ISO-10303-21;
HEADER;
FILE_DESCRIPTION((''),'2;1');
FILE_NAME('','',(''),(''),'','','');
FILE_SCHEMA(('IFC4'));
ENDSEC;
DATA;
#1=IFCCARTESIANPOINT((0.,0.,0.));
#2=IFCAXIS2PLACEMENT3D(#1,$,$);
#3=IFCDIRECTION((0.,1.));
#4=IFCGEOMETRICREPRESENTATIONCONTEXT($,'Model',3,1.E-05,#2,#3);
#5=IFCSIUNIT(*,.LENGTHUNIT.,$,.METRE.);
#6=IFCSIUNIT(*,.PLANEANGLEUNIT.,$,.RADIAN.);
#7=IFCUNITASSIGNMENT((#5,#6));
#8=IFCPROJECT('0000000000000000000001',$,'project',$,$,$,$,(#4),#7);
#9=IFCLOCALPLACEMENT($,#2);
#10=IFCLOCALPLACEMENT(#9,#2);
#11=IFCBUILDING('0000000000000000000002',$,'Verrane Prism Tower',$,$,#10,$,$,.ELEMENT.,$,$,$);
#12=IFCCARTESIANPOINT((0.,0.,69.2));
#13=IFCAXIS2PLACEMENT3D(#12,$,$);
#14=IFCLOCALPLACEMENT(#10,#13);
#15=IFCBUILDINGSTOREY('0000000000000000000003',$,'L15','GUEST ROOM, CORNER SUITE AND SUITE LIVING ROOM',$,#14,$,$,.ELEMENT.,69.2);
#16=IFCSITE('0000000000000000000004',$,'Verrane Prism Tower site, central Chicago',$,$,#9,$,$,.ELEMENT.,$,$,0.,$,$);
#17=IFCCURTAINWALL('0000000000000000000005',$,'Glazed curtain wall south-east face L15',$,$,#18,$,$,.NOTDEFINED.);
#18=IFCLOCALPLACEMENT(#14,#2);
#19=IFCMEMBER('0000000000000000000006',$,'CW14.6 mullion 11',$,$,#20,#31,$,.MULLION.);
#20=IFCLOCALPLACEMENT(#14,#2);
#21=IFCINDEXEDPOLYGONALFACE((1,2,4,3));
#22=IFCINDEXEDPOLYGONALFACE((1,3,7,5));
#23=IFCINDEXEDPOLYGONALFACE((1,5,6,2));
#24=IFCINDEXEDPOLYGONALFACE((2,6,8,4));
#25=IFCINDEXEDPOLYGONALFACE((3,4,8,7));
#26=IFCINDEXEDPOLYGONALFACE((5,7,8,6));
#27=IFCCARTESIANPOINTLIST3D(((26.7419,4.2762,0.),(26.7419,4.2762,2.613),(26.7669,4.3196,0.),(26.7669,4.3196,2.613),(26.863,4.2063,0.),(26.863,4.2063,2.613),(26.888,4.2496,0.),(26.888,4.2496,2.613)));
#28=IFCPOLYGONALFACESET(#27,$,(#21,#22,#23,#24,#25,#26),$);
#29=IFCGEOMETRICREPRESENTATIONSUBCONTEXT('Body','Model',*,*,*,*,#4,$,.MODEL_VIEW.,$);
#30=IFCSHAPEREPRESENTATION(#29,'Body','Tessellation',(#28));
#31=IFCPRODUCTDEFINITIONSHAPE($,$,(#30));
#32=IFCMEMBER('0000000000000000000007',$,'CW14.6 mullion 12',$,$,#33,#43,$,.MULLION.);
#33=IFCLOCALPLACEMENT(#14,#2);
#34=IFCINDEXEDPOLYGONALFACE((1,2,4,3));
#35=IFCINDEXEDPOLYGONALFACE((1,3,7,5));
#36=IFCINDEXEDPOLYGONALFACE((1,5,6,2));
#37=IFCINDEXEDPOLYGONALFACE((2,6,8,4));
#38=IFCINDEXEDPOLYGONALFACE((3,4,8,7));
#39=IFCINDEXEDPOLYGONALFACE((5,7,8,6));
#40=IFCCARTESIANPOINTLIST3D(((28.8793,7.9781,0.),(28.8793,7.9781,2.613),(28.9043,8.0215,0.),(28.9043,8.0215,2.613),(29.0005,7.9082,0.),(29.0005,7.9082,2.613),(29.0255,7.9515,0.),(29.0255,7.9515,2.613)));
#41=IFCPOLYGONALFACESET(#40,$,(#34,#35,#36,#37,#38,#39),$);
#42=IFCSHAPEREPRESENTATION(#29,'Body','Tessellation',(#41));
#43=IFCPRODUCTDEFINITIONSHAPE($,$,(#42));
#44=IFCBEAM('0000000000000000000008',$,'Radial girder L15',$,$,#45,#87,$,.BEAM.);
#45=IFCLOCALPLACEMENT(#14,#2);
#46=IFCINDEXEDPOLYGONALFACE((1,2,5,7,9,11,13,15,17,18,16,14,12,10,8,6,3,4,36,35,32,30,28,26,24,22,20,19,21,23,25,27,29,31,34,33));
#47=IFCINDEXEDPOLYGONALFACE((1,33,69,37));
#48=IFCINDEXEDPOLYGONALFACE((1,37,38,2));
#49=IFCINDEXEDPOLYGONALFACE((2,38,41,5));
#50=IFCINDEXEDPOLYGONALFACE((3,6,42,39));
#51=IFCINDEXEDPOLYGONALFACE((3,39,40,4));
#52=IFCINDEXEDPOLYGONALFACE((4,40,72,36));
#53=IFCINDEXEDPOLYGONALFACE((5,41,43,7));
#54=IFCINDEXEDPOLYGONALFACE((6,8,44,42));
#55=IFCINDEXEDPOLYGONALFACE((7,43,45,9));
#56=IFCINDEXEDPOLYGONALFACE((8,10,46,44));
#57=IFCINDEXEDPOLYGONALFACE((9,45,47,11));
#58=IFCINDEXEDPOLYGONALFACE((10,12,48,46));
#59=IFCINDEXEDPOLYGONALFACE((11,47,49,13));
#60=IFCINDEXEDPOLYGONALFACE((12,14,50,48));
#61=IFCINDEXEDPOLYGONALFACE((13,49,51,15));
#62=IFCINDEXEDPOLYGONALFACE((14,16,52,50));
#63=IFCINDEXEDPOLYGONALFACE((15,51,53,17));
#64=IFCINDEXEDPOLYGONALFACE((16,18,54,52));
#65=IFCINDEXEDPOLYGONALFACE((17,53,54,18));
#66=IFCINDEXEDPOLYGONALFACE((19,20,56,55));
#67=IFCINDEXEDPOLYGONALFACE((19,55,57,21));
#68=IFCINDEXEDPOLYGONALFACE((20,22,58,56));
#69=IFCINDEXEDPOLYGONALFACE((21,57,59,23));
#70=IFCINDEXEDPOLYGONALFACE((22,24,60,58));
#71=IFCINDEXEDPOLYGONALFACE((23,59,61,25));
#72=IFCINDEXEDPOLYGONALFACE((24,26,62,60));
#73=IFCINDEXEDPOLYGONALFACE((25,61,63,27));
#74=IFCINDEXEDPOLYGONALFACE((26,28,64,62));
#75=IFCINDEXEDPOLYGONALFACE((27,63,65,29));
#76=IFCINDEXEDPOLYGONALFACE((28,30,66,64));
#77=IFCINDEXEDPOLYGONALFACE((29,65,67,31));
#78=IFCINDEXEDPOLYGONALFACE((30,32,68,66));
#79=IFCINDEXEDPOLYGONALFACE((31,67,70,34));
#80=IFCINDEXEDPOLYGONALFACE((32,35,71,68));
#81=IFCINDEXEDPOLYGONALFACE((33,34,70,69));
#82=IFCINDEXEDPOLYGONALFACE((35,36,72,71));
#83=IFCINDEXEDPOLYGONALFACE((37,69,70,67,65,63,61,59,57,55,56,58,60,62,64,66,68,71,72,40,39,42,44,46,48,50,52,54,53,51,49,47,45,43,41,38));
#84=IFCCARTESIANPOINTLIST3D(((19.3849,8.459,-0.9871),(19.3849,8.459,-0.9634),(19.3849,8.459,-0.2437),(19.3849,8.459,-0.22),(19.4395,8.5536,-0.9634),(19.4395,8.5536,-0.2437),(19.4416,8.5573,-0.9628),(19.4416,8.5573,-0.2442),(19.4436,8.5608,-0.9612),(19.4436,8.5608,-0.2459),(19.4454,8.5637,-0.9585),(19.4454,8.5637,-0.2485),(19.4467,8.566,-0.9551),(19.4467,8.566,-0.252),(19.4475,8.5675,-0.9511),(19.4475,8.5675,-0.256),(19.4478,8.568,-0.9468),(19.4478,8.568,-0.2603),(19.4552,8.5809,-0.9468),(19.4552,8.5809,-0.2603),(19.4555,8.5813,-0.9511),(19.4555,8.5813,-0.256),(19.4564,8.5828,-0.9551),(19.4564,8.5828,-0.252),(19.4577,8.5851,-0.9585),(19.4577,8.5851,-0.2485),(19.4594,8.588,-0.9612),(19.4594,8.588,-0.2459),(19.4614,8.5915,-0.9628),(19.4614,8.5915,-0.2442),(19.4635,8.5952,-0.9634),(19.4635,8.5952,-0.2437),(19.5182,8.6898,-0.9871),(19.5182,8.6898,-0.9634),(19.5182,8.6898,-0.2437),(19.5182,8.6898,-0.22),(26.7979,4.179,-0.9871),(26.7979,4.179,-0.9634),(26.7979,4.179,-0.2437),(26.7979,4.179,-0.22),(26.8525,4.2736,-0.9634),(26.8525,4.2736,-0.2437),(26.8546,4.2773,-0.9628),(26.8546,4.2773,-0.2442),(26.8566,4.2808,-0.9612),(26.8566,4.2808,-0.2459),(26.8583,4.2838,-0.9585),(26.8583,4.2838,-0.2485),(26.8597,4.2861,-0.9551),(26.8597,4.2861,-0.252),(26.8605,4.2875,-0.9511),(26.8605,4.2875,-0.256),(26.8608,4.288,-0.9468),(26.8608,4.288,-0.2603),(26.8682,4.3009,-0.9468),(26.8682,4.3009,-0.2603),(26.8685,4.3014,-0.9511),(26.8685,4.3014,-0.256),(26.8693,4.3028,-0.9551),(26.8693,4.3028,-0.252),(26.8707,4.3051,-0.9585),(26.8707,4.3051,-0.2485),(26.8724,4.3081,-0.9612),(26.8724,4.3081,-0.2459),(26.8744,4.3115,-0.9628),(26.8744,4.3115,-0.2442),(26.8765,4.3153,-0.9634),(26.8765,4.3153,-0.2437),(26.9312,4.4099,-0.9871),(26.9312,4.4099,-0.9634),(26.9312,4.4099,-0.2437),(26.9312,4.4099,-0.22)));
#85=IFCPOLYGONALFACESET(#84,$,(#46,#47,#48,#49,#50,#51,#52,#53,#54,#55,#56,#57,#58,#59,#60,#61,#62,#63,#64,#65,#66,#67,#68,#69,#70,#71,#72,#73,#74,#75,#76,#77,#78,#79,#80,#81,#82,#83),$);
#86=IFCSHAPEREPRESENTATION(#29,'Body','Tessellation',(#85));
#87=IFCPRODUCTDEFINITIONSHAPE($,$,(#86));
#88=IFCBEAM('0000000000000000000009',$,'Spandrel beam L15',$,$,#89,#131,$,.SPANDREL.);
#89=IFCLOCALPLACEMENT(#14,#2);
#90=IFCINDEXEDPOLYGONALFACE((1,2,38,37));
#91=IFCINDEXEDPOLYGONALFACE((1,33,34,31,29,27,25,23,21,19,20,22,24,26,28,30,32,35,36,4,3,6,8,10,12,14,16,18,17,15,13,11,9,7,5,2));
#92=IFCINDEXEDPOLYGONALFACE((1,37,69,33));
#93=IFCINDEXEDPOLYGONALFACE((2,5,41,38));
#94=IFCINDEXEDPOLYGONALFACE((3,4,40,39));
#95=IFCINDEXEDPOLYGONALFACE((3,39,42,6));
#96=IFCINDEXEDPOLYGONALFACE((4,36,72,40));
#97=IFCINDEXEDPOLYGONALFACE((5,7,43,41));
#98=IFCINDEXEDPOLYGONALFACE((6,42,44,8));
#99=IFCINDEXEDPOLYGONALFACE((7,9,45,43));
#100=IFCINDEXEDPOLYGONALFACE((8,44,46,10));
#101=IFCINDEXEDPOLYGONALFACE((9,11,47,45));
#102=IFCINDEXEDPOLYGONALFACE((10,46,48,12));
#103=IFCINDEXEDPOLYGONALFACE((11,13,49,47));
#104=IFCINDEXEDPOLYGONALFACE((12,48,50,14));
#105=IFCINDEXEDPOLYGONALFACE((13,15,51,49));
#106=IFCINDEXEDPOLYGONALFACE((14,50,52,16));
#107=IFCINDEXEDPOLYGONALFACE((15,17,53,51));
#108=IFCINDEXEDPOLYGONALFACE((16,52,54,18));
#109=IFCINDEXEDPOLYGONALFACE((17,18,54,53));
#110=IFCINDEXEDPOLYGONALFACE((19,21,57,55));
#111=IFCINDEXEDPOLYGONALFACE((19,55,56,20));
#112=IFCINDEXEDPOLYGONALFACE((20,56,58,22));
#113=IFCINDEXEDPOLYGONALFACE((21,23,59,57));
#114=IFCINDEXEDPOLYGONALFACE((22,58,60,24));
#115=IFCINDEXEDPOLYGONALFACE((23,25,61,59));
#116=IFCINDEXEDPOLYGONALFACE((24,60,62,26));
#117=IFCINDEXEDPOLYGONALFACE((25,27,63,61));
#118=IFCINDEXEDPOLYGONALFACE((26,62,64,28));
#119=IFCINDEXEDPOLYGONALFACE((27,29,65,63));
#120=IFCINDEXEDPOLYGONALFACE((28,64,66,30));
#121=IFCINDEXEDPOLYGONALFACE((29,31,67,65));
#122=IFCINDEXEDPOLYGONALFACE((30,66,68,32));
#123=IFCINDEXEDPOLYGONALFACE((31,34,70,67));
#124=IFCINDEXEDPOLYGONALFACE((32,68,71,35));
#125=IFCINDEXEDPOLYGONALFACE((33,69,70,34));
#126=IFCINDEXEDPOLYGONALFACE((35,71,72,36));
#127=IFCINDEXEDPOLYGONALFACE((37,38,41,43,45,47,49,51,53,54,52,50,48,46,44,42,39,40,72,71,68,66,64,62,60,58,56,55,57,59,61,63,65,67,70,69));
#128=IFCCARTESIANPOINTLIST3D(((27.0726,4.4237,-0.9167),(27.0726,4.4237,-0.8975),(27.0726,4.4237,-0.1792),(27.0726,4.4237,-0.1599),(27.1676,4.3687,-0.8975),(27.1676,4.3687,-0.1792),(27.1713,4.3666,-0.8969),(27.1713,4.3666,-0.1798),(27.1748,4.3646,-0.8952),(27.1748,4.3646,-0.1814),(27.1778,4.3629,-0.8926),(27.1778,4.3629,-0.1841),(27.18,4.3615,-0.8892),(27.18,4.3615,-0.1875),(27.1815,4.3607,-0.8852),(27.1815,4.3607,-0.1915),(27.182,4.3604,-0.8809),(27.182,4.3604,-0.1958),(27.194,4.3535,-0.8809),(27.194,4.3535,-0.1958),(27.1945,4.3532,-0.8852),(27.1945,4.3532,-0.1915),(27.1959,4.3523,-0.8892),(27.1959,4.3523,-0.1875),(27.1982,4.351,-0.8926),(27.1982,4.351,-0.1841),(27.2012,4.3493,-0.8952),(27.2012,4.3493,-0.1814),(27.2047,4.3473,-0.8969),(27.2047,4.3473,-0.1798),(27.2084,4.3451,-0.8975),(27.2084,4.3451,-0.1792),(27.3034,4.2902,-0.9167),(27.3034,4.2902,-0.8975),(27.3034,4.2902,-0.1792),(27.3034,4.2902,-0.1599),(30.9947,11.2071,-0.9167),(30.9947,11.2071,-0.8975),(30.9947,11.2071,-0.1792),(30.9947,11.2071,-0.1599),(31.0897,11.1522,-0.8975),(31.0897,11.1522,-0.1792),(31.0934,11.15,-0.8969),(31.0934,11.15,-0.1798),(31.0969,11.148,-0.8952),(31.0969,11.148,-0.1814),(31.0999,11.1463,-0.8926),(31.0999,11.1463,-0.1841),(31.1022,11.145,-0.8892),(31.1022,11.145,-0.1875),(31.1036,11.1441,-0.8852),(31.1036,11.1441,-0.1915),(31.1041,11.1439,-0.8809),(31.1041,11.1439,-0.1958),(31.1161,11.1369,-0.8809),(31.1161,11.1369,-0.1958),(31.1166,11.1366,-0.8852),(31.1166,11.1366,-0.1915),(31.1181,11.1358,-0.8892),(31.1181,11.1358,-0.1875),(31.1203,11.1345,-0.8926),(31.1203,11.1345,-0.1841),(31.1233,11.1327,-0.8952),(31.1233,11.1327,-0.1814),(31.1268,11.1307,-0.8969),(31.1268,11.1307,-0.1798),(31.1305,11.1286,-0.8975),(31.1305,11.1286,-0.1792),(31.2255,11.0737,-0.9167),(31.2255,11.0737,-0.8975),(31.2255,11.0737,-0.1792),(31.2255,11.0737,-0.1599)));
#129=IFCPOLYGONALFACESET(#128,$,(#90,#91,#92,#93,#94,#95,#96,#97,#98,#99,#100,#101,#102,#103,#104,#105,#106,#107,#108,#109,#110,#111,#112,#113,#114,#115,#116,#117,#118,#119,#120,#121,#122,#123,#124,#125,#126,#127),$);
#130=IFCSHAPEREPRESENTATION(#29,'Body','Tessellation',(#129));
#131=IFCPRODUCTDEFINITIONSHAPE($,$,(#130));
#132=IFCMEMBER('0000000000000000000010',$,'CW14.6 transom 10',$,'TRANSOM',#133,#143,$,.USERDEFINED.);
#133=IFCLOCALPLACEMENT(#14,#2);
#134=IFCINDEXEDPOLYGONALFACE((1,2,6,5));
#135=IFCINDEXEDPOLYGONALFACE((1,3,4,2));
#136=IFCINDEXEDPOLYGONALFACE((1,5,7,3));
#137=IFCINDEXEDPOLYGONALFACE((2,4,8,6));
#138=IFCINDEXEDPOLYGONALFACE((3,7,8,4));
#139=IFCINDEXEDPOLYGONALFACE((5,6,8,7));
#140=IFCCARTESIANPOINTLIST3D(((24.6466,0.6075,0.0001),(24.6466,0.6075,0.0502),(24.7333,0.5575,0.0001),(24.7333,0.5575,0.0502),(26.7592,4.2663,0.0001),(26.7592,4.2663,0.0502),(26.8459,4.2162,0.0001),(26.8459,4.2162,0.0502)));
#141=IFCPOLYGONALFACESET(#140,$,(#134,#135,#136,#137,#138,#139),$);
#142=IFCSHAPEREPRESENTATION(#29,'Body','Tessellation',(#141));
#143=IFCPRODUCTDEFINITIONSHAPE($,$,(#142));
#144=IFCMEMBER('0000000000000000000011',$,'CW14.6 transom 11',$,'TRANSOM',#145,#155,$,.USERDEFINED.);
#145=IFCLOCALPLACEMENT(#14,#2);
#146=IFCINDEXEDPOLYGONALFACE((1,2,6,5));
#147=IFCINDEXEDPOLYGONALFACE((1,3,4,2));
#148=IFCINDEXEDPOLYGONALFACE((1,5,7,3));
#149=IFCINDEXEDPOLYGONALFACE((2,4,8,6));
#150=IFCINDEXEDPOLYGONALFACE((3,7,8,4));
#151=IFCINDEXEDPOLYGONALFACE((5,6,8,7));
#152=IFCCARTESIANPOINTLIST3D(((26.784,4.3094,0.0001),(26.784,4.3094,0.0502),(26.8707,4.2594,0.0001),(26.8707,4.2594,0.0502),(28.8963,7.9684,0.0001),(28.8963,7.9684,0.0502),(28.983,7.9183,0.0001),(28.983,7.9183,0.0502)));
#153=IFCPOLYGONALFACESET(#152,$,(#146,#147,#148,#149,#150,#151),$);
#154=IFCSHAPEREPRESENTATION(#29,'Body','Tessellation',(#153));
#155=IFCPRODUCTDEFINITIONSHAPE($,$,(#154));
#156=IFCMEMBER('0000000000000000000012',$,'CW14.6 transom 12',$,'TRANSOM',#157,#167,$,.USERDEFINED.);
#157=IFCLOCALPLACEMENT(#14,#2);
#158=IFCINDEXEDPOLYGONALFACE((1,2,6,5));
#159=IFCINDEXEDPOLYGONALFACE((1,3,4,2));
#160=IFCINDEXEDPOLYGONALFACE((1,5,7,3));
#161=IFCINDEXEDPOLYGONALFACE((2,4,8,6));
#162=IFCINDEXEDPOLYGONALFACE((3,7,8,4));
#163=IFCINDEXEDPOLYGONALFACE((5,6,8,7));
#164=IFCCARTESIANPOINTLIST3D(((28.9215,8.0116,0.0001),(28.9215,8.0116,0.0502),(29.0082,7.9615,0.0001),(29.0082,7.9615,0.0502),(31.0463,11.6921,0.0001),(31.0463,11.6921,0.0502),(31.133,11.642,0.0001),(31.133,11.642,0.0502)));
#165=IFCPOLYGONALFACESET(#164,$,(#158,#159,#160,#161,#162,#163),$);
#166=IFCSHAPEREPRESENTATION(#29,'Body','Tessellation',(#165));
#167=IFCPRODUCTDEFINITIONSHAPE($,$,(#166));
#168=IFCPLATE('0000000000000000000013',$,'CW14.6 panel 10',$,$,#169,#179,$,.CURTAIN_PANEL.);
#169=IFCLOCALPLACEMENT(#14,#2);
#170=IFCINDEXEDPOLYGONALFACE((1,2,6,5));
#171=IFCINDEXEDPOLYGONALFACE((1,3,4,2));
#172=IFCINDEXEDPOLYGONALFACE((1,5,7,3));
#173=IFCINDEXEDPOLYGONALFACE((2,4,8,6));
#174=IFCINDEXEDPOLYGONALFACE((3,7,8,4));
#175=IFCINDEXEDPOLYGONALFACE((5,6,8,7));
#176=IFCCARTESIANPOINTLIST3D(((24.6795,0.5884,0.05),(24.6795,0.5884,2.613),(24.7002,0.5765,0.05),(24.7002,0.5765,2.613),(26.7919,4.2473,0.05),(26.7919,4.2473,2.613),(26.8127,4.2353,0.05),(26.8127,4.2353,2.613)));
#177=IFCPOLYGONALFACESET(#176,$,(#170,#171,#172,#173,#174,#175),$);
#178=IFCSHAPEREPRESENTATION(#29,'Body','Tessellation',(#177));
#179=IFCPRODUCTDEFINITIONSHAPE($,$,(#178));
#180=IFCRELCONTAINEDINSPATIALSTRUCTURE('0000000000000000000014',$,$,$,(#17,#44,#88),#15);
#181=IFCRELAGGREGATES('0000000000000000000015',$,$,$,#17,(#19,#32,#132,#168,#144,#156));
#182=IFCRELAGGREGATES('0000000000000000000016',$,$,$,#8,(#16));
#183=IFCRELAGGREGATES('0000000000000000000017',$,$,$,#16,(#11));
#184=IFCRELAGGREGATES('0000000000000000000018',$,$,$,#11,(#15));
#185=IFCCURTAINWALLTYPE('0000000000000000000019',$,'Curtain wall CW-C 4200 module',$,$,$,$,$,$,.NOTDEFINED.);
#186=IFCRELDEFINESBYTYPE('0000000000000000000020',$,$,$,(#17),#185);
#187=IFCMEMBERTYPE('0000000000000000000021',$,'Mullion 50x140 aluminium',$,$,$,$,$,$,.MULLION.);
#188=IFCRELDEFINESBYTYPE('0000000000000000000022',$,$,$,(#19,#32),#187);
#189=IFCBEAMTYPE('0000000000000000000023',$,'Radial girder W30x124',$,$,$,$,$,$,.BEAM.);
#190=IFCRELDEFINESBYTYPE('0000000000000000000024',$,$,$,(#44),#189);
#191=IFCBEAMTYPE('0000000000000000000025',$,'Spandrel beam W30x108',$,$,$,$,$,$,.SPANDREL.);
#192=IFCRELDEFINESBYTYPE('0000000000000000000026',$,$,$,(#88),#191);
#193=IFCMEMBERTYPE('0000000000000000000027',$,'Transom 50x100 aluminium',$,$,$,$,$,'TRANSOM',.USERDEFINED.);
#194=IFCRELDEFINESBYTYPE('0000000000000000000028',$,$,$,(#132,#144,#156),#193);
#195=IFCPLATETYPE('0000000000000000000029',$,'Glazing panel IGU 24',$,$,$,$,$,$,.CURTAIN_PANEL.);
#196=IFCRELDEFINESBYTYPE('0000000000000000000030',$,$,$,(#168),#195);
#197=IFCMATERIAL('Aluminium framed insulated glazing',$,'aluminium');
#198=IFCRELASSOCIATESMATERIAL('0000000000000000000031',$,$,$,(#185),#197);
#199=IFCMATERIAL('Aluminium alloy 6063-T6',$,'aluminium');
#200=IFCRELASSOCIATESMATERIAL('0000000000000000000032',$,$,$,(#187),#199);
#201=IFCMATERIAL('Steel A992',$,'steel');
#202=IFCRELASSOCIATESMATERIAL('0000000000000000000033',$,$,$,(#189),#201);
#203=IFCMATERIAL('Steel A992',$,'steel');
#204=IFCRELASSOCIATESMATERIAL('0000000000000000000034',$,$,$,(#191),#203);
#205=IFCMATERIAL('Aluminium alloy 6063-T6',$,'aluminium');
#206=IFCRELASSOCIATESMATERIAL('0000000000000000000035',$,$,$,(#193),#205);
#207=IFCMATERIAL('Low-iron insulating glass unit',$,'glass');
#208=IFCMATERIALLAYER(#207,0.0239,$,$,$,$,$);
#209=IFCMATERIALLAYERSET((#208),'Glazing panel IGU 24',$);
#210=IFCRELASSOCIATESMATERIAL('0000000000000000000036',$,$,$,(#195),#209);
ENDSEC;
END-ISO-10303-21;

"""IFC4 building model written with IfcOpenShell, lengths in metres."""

from ifc_helpers import new_model, si_unit, direction, frame, origin, origin_2d, place, context, subcontext, project, spatial, rectangle, i_section, extrude, material, layer, layer_set, material_profile, profile_set, type_object, element, aggregate, save


model = new_model("IFC4")

# Units and contexts
model_context = context("Model", 3, precision=1e-05, world=origin(), true_north=direction((0.0, 1.0)))
body_context = subcontext(model_context, "Body", "Model", "MODEL_VIEW")
ifc_project = project(units=[si_unit("LENGTHUNIT", "METRE"), si_unit("PLANEANGLEUNIT", "RADIAN")], contexts=[model_context])

# Site, building, storey
site_placement = place(None, origin())
site = spatial("IfcSite", under=ifc_project, at=site_placement, Name="Verrane Prism Tower site, central Chicago", CompositionType="ELEMENT", RefElevation=0.0)
building_placement = place(site_placement, origin())
building = spatial("IfcBuilding", under=site, at=building_placement, Name="Verrane Prism Tower", CompositionType="ELEMENT")
storey_placement = place(building_placement, frame((0.0, 0.0, 69.2)))
storey = spatial("IfcBuildingStorey", under=building, at=storey_placement, Name="L15", Description="GUEST ROOM, CORNER SUITE AND SUITE LIVING ROOM", CompositionType="ELEMENT", Elevation=69.2)

# Curtain wall, members
ifc_material_1 = material(Name="Aluminium framed insulated glazing", Category="aluminium")
curtain_wall_type = type_object("IfcCurtainWallType", Name="Curtain wall CW-C 4200 module", PredefinedType="NOTDEFINED", material=ifc_material_1)
curtain_wall_placement = place(storey_placement, origin())
curtain_wall = element("IfcCurtainWall", 1, at=curtain_wall_placement, inside=storey, type_object=curtain_wall_type, Name="Glazed curtain wall south-east face L15", PredefinedType="NOTDEFINED")
ifc_material_2 = material(Name="Aluminium alloy 6063-T6", Category="aluminium")
ifc_material_profile_1 = material_profile(ifc_material_2, rectangle(XDim=0.1399, YDim=0.05, at=origin_2d()), Name="Mullion 50x140 aluminium")
ifc_profile_set_1 = profile_set([ifc_material_profile_1], Name="Aluminium alloy 6063-T6")
member_type_1 = type_object("IfcMemberType", Name="Mullion 50x140 aluminium", PredefinedType="MULLION", material=ifc_profile_set_1)
member_1_placement = place(storey_placement, frame((26.8149, 4.2629, 0.0), z_axis=(0.0, 0.0, 1.0), x_axis=(-0.866025, 0.5, 0.0)))
member_1 = element("IfcMember", 2, at=member_1_placement, type_object=member_type_1, Name="CW14.6 mullion 11", PredefinedType="MULLION", context=body_context, shape_type="SweptSolid", body=[
    extrude(rectangle(XDim=0.1399, YDim=0.05, at=origin_2d()), origin(), (0.0, 0.0, 1.0), 2.613),
])
member_2_placement = place(storey_placement, frame((28.9524, 7.9648, 0.0), z_axis=(0.0, 0.0, 1.0), x_axis=(-0.866025, 0.5, 0.0)))
member_2 = element("IfcMember", 3, at=member_2_placement, type_object=member_type_1, Name="CW14.6 mullion 12", PredefinedType="MULLION", context=body_context, shape_type="SweptSolid", body=[
    extrude(rectangle(XDim=0.1399, YDim=0.05, at=origin_2d()), origin(), (0.0, 0.0, 1.0), 2.613),
])

# Beams
ifc_material_3 = material(Name="Steel A992", Category="steel")
ifc_material_profile_2 = material_profile(ifc_material_3, i_section(OverallWidth=0.2666, OverallDepth=0.7671, WebThickness=0.0149, FlangeThickness=0.0237, FilletRadius=0.0166, at=origin_2d()), Name="W30x124")
ifc_profile_set_2 = profile_set([ifc_material_profile_2], Name="Steel A992")
beam_type_1 = type_object("IfcBeamType", Name="Radial girder W30x124", PredefinedType="BEAM", material=ifc_profile_set_2)
beam_1_placement = place(storey_placement, frame((26.8645, 4.2944, -0.6035), z_axis=(-0.866021, 0.500007, 0.0), x_axis=(-0.500007, -0.866021, 0.0)))
element("IfcBeam", 4, at=beam_1_placement, inside=storey, type_object=beam_type_1, Name="Radial girder L15", PredefinedType="BEAM", context=body_context, shape_type="SweptSolid", body=[
    extrude(i_section(OverallWidth=0.2666, OverallDepth=0.7671, WebThickness=0.0149, FlangeThickness=0.0237, FilletRadius=0.0166, at=origin_2d()), origin(), (0.0, 0.0, 1.0), 8.5598),
])
ifc_material_4 = material(Name="Steel A992", Category="steel")
ifc_material_profile_3 = material_profile(ifc_material_4, i_section(OverallWidth=0.2666, OverallDepth=0.7568, WebThickness=0.0139, FlangeThickness=0.0193, FilletRadius=0.0166, at=origin_2d()), Name="W30x108")
ifc_profile_set_3 = profile_set([ifc_material_profile_3], Name="Steel A992")
beam_type_2 = type_object("IfcBeamType", Name="Spandrel beam W30x108", PredefinedType="SPANDREL", material=ifc_profile_set_3)
beam_2_placement = place(storey_placement, frame((27.188, 4.3569, -0.5383), z_axis=(0.500545, 0.865711, 0.0), x_axis=(-0.865711, 0.500545, 0.0)))
element("IfcBeam", 5, at=beam_2_placement, inside=storey, type_object=beam_type_2, Name="Spandrel beam L15", PredefinedType="SPANDREL", context=body_context, shape_type="SweptSolid", body=[
    extrude(i_section(OverallWidth=0.2666, OverallDepth=0.7568, WebThickness=0.0139, FlangeThickness=0.0193, FilletRadius=0.0166, at=origin_2d()), origin(), (0.0, 0.0, 1.0), 7.8357),
])

# Members
ifc_material_5 = material(Name="Aluminium alloy 6063-T6", Category="aluminium")
ifc_material_profile_4 = material_profile(ifc_material_5, rectangle(XDim=0.1001, YDim=0.05, at=origin_2d()), Name="Transom 50x100 aluminium")
ifc_profile_set_4 = profile_set([ifc_material_profile_4], Name="Aluminium alloy 6063-T6")
member_type_2 = type_object("IfcMemberType", Name="Transom 50x100 aluminium", ElementType="TRANSOM", PredefinedType="USERDEFINED", material=ifc_profile_set_4)
member_3_placement = place(storey_placement, frame((24.6899, 0.5825, 0.0251), z_axis=(0.500036, 0.866005, 0.0), x_axis=(-0.866005, 0.500036, 0.0)))
member_3 = element("IfcMember", 6, at=member_3_placement, type_object=member_type_2, Name="CW14.6 transom 10", ObjectType="TRANSOM", PredefinedType="USERDEFINED", context=body_context, shape_type="SweptSolid", body=[
    extrude(rectangle(XDim=0.1001, YDim=0.05, at=origin_2d()), origin(), (0.0, 0.0, 1.0), 4.2249),
])
member_4_placement = place(storey_placement, frame((26.8274, 4.2844, 0.0251), z_axis=(0.499968, 0.866044, 0.0), x_axis=(-0.866044, 0.499968, 0.0)))
member_4 = element("IfcMember", 7, at=member_4_placement, type_object=member_type_2, Name="CW14.6 transom 11", ObjectType="TRANSOM", PredefinedType="USERDEFINED", context=body_context, shape_type="SweptSolid", body=[
    extrude(rectangle(XDim=0.1001, YDim=0.05, at=origin_2d()), origin(), (0.0, 0.0, 1.0), 4.2249),
])
member_5_placement = place(storey_placement, frame((28.9648, 7.9866, 0.0251), z_axis=(0.499976, 0.866039, 0.0), x_axis=(-0.866039, 0.499976, 0.0)))
member_5 = element("IfcMember", 8, at=member_5_placement, type_object=member_type_2, Name="CW14.6 transom 12", ObjectType="TRANSOM", PredefinedType="USERDEFINED", context=body_context, shape_type="SweptSolid", body=[
    extrude(rectangle(XDim=0.1001, YDim=0.05, at=origin_2d()), origin(), (0.0, 0.0, 1.0), 4.2498),
])

# Plate
ifc_material_6 = material(Name="Low-iron insulating glass unit", Category="glass")
ifc_layer_1 = layer(ifc_material_6, 0.0239)
ifc_layer_set_1 = layer_set([ifc_layer_1], Name="Glazing panel IGU 24")
plate_type = type_object("IfcPlateType", Name="Glazing panel IGU 24", PredefinedType="CURTAIN_PANEL", material=ifc_layer_set_1)
plate_1_placement = place(storey_placement, frame((25.7461, 2.4119, 0.05), z_axis=(0.0, 0.0, 1.0), x_axis=(0.5, 0.866025, 0.0)))
plate_1 = element("IfcPlate", 9, at=plate_1_placement, type_object=plate_type, Name="CW14.6 panel 10", PredefinedType="CURTAIN_PANEL", context=body_context, shape_type="SweptSolid", body=[
    extrude(rectangle(XDim=4.2249, YDim=0.0239, at=origin_2d()), origin(), (0.0, 0.0, 1.0), 2.563),
])
aggregate(curtain_wall, [member_1, member_2, member_3, plate_1, member_4, member_5])

save(model, "model.ifc")
